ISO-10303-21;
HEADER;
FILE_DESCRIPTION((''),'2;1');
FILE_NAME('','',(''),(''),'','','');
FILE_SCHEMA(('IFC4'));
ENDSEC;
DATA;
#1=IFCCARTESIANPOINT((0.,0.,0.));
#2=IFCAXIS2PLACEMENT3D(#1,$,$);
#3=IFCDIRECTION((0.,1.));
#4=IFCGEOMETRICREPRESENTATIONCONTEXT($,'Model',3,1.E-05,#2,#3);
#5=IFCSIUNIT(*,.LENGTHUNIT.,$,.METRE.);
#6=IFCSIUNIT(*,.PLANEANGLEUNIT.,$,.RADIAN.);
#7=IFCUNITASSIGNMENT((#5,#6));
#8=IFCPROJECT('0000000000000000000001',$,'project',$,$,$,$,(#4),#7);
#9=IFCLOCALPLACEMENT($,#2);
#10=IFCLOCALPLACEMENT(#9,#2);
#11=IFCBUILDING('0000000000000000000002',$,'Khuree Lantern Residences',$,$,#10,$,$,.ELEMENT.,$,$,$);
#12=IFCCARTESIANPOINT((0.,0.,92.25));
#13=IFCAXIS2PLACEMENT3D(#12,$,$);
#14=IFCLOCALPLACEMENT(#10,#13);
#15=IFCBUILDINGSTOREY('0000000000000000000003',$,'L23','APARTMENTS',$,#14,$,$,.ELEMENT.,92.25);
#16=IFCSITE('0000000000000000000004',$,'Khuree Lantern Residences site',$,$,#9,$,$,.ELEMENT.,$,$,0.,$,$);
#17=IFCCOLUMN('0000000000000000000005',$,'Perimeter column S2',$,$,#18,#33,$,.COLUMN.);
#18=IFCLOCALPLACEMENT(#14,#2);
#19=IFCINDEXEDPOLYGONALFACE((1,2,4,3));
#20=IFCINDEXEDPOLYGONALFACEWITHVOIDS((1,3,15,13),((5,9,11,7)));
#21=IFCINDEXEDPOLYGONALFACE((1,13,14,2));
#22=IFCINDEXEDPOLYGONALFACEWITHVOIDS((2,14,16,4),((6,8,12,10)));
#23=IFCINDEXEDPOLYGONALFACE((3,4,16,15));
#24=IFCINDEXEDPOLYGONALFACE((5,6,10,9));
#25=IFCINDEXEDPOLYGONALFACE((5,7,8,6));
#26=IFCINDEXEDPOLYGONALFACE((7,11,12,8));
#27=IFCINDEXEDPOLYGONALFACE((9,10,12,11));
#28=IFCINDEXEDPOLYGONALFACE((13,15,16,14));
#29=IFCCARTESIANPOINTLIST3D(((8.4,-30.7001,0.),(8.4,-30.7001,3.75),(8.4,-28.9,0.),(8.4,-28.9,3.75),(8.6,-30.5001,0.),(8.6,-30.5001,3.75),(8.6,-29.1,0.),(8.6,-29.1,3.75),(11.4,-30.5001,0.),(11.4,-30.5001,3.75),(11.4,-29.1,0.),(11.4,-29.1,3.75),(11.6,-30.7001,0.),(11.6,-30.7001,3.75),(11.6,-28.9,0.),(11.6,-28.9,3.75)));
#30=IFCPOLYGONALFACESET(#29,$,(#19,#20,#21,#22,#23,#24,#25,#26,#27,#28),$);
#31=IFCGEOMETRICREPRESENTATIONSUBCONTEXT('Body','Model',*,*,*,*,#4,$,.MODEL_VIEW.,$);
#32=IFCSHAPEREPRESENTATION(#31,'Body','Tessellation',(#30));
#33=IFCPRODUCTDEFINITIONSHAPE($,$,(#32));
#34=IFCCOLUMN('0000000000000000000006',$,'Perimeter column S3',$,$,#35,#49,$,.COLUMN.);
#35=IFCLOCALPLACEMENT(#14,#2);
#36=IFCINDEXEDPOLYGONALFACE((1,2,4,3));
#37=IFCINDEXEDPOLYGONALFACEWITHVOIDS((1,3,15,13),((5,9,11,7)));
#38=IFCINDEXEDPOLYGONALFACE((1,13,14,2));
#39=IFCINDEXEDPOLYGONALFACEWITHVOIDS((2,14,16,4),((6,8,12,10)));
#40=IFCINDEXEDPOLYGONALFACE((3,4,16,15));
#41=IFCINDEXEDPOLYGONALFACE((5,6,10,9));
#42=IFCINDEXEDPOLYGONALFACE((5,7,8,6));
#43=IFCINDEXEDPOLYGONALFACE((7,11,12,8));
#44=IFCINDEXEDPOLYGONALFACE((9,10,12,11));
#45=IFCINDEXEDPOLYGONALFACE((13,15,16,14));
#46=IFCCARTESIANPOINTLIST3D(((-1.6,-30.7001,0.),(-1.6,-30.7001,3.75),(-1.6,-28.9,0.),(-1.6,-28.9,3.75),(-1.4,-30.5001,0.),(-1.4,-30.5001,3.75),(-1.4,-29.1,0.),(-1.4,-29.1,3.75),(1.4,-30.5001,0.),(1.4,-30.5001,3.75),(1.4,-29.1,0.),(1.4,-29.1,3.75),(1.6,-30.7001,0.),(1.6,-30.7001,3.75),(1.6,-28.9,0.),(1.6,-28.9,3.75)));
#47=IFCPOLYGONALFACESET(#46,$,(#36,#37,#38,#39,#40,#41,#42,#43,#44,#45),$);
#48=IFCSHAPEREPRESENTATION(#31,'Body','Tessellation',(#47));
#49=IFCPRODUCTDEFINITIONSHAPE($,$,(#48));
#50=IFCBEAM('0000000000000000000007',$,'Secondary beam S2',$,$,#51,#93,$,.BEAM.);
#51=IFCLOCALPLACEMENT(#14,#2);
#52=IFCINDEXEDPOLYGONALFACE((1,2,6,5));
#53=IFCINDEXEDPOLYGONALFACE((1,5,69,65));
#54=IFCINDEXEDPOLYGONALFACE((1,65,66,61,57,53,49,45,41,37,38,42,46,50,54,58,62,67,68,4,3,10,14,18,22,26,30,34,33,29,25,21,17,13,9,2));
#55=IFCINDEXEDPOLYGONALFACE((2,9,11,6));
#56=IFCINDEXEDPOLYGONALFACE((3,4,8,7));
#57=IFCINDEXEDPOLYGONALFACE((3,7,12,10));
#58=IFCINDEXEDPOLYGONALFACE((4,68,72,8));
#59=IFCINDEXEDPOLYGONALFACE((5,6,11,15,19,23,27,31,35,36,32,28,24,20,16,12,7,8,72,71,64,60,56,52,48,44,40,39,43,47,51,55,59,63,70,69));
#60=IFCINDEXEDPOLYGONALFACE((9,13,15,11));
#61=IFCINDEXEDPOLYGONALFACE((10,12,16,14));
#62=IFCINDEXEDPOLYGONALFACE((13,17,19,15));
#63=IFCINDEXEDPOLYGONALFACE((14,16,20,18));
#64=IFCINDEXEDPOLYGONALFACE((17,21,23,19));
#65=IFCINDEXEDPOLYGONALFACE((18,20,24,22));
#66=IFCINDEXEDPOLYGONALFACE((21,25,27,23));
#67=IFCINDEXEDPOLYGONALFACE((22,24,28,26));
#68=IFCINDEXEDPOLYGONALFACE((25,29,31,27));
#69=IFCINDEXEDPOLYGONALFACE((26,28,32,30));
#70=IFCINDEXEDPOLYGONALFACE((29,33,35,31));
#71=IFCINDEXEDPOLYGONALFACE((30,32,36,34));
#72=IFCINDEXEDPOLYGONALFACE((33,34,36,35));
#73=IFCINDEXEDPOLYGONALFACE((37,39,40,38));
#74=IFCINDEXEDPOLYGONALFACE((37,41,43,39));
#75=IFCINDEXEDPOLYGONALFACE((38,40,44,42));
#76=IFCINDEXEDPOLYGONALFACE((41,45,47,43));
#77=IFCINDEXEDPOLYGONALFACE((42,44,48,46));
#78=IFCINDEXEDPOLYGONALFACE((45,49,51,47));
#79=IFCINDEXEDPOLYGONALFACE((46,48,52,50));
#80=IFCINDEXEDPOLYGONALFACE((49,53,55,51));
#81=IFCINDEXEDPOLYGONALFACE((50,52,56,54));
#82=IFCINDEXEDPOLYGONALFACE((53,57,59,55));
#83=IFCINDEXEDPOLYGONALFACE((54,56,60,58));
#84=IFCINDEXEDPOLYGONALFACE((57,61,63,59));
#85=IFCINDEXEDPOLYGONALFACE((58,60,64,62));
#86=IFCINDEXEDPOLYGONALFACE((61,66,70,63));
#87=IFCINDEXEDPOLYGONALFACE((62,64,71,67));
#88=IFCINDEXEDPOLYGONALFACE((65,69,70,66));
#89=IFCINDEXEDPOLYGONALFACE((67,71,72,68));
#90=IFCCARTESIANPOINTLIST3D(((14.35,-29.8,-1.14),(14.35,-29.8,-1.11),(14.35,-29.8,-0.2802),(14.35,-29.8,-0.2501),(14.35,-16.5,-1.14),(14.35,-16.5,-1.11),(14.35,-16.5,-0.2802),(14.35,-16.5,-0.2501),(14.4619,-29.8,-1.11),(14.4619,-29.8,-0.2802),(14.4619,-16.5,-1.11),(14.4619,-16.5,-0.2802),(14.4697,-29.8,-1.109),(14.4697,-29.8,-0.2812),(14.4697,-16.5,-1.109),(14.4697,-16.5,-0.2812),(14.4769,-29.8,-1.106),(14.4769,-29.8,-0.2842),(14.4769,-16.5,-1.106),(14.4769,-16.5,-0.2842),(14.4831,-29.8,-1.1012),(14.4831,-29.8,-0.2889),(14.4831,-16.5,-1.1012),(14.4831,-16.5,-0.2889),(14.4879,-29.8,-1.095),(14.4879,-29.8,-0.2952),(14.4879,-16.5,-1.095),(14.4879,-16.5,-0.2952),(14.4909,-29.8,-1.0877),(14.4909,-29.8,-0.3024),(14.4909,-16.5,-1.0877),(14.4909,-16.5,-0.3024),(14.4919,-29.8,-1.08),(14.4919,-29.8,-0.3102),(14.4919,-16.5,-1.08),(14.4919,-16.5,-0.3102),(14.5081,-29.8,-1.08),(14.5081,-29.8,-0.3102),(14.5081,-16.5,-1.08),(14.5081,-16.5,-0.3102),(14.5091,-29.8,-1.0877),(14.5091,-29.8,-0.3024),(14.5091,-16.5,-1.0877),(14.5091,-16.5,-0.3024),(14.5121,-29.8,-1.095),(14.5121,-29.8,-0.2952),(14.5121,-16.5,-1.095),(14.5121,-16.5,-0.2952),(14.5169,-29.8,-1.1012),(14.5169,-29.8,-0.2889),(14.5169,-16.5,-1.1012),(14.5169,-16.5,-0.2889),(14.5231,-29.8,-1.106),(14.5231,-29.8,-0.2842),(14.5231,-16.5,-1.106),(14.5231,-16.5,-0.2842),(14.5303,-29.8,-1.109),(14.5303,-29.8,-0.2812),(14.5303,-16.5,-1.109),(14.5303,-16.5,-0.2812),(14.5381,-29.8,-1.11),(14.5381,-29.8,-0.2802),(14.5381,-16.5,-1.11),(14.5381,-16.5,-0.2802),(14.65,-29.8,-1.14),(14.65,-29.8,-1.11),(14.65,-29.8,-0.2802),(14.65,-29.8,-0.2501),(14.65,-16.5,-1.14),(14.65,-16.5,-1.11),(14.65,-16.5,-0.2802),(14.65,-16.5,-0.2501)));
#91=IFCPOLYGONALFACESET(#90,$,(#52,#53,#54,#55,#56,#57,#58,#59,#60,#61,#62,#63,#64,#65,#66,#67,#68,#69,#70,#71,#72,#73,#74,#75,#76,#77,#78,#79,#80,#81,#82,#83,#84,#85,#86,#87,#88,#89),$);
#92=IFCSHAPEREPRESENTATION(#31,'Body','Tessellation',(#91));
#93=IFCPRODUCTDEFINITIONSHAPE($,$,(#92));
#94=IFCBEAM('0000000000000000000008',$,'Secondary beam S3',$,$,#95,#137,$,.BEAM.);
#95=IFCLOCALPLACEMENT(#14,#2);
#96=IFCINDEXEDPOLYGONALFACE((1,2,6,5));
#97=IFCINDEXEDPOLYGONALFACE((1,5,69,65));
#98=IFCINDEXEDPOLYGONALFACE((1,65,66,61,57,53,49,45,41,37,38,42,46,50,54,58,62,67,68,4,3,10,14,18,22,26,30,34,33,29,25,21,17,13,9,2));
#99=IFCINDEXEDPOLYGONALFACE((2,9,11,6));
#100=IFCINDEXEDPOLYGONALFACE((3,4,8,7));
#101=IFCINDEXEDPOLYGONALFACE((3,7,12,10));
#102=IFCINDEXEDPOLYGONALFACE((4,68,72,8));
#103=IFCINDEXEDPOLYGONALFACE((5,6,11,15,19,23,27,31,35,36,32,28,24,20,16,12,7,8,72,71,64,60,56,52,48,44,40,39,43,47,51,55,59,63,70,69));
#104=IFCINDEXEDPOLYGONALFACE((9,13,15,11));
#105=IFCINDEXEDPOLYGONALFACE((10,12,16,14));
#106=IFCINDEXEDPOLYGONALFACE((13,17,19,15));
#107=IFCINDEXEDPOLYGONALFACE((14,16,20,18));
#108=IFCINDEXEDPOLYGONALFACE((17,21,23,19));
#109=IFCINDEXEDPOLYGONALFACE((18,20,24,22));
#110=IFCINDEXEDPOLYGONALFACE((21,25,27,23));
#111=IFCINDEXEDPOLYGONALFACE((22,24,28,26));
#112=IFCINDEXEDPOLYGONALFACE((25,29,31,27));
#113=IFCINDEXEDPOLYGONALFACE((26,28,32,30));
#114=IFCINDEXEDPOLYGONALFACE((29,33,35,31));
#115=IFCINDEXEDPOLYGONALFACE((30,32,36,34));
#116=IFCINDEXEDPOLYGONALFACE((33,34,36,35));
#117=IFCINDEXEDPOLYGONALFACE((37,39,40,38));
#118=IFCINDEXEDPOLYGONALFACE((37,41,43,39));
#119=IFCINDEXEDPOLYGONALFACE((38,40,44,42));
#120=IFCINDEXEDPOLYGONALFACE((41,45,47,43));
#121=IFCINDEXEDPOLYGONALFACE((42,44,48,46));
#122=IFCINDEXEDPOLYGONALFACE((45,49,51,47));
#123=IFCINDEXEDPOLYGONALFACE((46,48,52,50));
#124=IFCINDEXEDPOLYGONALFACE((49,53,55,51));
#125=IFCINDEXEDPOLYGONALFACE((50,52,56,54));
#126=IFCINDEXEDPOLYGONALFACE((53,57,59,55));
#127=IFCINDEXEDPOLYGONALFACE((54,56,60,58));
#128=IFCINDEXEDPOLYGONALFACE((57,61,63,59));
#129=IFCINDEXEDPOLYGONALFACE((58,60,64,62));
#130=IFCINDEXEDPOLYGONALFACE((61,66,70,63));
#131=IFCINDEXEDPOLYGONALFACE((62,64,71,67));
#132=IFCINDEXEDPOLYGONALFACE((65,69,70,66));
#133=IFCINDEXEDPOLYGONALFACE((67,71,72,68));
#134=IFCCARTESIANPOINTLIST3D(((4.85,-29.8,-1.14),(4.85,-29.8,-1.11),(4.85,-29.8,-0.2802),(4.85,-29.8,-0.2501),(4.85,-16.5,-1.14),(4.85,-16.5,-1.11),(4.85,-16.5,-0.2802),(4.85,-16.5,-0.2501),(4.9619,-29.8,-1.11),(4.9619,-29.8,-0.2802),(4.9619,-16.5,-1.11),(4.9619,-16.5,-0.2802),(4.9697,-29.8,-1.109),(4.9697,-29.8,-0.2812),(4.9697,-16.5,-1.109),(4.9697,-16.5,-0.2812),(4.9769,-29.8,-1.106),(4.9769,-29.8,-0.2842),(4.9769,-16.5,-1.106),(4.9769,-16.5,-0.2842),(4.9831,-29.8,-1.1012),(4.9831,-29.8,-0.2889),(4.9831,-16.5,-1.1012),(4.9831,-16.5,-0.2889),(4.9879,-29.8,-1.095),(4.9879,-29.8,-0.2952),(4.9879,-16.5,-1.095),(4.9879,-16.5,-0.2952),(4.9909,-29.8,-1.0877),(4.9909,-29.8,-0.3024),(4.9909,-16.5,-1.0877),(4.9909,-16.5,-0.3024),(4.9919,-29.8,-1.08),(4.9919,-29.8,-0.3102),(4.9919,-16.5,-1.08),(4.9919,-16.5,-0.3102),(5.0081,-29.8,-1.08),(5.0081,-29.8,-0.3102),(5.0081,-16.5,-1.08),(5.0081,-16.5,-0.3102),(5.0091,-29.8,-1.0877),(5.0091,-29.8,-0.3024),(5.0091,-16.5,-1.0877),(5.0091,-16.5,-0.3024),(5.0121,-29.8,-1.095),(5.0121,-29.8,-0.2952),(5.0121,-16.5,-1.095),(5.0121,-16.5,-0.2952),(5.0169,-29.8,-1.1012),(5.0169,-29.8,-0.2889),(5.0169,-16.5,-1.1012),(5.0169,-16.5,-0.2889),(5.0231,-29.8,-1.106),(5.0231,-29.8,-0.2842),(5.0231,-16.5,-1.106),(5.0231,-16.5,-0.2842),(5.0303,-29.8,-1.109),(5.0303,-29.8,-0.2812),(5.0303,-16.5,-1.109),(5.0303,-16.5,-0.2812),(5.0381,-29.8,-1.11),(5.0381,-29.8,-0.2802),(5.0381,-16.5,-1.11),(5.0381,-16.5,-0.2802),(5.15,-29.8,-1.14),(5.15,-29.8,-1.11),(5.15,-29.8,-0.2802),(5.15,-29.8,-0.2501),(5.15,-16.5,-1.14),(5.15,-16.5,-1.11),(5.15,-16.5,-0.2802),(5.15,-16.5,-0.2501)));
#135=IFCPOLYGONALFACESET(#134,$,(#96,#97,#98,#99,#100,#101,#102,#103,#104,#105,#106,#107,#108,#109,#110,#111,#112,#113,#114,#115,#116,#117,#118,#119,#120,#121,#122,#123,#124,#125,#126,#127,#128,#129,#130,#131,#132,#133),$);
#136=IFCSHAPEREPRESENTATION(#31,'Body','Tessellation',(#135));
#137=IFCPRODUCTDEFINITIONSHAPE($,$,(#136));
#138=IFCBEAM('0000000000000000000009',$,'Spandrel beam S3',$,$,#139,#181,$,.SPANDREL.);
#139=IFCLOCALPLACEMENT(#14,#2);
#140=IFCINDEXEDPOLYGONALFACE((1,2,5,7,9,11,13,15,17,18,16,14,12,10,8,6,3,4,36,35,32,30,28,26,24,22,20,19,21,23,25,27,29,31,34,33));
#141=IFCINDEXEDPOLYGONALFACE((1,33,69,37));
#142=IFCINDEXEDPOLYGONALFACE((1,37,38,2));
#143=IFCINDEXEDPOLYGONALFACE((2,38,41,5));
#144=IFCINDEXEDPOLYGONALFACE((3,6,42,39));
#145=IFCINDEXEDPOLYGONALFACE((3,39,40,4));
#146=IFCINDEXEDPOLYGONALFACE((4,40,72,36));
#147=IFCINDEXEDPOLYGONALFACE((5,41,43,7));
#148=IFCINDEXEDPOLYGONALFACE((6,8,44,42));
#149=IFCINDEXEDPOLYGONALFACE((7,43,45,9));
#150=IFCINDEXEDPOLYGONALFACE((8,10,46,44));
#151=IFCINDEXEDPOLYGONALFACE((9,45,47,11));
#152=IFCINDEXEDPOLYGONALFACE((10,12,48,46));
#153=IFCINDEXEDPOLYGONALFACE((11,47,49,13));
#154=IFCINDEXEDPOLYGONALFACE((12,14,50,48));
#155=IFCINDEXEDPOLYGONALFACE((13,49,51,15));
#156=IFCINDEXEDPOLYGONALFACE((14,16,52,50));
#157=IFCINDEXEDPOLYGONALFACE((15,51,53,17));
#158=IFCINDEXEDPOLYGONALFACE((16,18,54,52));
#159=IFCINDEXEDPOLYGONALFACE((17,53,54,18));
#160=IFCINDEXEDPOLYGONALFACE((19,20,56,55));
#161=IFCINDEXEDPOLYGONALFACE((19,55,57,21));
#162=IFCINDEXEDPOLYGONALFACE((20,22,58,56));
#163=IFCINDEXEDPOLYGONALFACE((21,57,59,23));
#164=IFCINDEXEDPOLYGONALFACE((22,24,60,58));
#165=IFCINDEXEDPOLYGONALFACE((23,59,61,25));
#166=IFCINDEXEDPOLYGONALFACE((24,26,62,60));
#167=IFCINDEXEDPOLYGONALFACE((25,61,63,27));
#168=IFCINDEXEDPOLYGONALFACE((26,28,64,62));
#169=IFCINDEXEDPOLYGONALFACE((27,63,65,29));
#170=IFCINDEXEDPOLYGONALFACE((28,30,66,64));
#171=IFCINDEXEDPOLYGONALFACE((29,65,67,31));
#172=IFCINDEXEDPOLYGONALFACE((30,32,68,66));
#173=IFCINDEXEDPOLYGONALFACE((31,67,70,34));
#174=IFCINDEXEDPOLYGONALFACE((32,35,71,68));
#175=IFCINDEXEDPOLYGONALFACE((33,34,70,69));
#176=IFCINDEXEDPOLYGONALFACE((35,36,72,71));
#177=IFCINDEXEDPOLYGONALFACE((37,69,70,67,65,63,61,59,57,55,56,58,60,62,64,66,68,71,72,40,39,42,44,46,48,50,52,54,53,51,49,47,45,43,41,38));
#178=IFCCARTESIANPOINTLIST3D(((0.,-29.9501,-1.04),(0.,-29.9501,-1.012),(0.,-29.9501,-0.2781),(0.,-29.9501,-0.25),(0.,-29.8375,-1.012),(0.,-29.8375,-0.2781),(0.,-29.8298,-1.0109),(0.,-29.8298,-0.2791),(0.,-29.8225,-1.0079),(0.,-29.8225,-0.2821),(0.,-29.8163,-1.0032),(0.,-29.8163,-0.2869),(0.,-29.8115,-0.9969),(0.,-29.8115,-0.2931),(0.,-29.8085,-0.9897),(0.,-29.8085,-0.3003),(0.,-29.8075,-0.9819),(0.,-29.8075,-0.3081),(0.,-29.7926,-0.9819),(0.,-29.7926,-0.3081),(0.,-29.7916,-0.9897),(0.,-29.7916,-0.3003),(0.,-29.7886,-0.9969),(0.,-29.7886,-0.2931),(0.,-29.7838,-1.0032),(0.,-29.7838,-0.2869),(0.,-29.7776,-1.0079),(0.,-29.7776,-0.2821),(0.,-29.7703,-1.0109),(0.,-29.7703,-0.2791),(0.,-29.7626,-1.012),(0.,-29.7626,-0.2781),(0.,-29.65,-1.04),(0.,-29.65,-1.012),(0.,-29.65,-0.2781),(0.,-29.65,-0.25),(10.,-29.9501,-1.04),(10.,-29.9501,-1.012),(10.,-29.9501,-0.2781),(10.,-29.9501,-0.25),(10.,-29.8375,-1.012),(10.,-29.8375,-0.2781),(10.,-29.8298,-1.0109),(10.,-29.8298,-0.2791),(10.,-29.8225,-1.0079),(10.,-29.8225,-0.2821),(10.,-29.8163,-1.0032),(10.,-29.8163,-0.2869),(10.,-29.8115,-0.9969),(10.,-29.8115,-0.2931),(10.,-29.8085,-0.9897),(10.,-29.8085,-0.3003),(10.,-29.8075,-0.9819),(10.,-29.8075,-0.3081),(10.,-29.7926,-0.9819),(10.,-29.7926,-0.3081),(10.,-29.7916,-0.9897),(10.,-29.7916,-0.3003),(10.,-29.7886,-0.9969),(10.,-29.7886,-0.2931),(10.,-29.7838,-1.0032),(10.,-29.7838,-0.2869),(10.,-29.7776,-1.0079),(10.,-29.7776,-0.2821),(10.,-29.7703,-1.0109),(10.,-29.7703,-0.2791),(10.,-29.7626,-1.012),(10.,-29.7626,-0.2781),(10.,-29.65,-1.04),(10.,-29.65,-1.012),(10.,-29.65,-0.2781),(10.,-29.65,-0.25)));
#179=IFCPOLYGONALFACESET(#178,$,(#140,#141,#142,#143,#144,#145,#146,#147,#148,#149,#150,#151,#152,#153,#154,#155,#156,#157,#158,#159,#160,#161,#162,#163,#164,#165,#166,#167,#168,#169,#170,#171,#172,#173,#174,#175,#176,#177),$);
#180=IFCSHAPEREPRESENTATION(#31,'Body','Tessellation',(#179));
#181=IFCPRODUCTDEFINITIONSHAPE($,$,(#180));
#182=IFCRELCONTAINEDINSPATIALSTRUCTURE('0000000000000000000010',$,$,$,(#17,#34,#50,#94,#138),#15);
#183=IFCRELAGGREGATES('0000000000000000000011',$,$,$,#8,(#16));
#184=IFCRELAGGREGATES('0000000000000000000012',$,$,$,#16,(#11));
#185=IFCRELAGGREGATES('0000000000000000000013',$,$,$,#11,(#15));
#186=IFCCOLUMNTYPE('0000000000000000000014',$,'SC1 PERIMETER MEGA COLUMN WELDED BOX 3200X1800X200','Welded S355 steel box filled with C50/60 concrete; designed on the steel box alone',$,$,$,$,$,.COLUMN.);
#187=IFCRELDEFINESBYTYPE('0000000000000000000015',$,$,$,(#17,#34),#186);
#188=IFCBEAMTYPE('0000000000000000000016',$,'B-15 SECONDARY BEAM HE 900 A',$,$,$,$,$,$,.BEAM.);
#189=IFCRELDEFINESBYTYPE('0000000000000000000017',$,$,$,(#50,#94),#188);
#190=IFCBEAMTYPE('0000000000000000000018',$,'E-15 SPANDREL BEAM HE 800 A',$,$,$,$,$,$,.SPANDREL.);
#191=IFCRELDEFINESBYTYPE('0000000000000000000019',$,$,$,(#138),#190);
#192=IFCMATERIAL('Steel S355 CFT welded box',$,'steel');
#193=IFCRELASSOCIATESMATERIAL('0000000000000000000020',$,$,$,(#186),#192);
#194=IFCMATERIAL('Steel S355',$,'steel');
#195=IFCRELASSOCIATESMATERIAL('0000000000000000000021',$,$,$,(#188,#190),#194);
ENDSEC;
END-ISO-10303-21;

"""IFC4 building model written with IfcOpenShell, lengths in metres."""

from ifc_helpers import new_model, si_unit, direction, frame, origin, origin_2d, place, context, subcontext, project, spatial, hollow_rectangle, i_section, extrude, material, material_profile, profile_set, type_object, element, save


model = new_model("IFC4")

# Units and contexts
model_context = context("Model", 3, precision=1e-05, world=origin(), true_north=direction((0.0, 1.0)))
body_context = subcontext(model_context, "Body", "Model", "MODEL_VIEW")
ifc_project = project(units=[si_unit("LENGTHUNIT", "METRE"), si_unit("PLANEANGLEUNIT", "RADIAN")], contexts=[model_context])

# Site, building, storey
site_placement = place(None, origin())
site = spatial("IfcSite", under=ifc_project, at=site_placement, Name="Khuree Lantern Residences site", CompositionType="ELEMENT", RefElevation=0.0)
building_placement = place(site_placement, origin())
building = spatial("IfcBuilding", under=site, at=building_placement, Name="Khuree Lantern Residences", CompositionType="ELEMENT")
storey_placement = place(building_placement, frame((0.0, 0.0, 92.25)))
storey = spatial("IfcBuildingStorey", under=building, at=storey_placement, Name="L23", Description="APARTMENTS", CompositionType="ELEMENT", Elevation=92.25)

# Columns
ifc_material_1 = material(Name="Steel S355 CFT welded box", Category="steel")
ifc_material_profile_1 = material_profile(ifc_material_1, hollow_rectangle(XDim=3.2, YDim=1.8, WallThickness=0.2, at=origin_2d()), Name="WELDED BOX 3200X1800X200")
ifc_profile_set_1 = profile_set([ifc_material_profile_1], Name="Steel S355 CFT welded box")
column_type = type_object("IfcColumnType", Name="SC1 PERIMETER MEGA COLUMN WELDED BOX 3200X1800X200", Description="Welded S355 steel box filled with C50/60 concrete; designed on the steel box alone", PredefinedType="COLUMN", material=ifc_profile_set_1)
for number, where, z_axis, x_axis, name in (
    (1, (10.0, -29.8, 0.0), (0.0, 0.0, 1.0), (1.0, 0.0, 0.0), "Perimeter column S2"),
    (2, (0.0, -29.8, 0.0), (0.0, 0.0, 1.0), (1.0, 0.0, 0.0), "Perimeter column S3"),
):
    element("IfcColumn", number, at=place(storey_placement, frame(where, z_axis=z_axis, x_axis=x_axis)), inside=storey, type_object=column_type, Name=name, PredefinedType="COLUMN", context=body_context, shape_type="SweptSolid", body=[
        extrude(hollow_rectangle(XDim=3.2, YDim=1.8, WallThickness=0.2, at=origin_2d()), origin(), (0.0, 0.0, 1.0), 3.75),
    ])

# Beams
ifc_material_2 = material(Name="Steel S355", Category="steel")
ifc_material_profile_2 = material_profile(ifc_material_2, i_section(OverallWidth=0.3, OverallDepth=0.8899, WebThickness=0.0161, FlangeThickness=0.03, FilletRadius=0.03, at=origin_2d()), Name="HE 900 A")
ifc_profile_set_2 = profile_set([ifc_material_profile_2], Name="Steel S355")
beam_type_1 = type_object("IfcBeamType", Name="B-15 SECONDARY BEAM HE 900 A", PredefinedType="BEAM", material=ifc_profile_set_2)
for number, where, z_axis, x_axis, name in (
    (3, (14.5, -29.8, -0.6951), (0.0, 1.0, 0.0), (-1.0, 0.0, 0.0), "Secondary beam S2"),
    (4, (5.0, -29.8, -0.6951), (0.0, 1.0, 0.0), (-1.0, 0.0, 0.0), "Secondary beam S3"),
):
    element("IfcBeam", number, at=place(storey_placement, frame(where, z_axis=z_axis, x_axis=x_axis)), inside=storey, type_object=beam_type_1, Name=name, PredefinedType="BEAM", context=body_context, shape_type="SweptSolid", body=[
        extrude(i_section(OverallWidth=0.3, OverallDepth=0.8899, WebThickness=0.0161, FlangeThickness=0.03, FilletRadius=0.03, at=origin_2d()), origin(), (0.0, 0.0, 1.0), 13.3),
    ])
ifc_material_profile_3 = material_profile(ifc_material_2, i_section(OverallWidth=0.3, OverallDepth=0.79, WebThickness=0.0149, FlangeThickness=0.0281, FilletRadius=0.03, at=origin_2d()), Name="HE 800 A")
ifc_profile_set_3 = profile_set([ifc_material_profile_3], Name="Steel S355")
beam_type_2 = type_object("IfcBeamType", Name="E-15 SPANDREL BEAM HE 800 A", PredefinedType="SPANDREL", material=ifc_profile_set_3)
for number, where, z_axis, x_axis, name in (
    (5, (10.0, -29.8, -0.645), (-1.0, 0.0, 0.0), (0.0, -1.0, 0.0), "Spandrel beam S3"),
):
    element("IfcBeam", number, at=place(storey_placement, frame(where, z_axis=z_axis, x_axis=x_axis)), inside=storey, type_object=beam_type_2, Name=name, PredefinedType="SPANDREL", context=body_context, shape_type="SweptSolid", body=[
        extrude(i_section(OverallWidth=0.3, OverallDepth=0.79, WebThickness=0.0149, FlangeThickness=0.0281, FilletRadius=0.03, at=origin_2d()), origin(), (0.0, 0.0, 1.0), 10.0),
    ])

save(model, "model.ifc")
